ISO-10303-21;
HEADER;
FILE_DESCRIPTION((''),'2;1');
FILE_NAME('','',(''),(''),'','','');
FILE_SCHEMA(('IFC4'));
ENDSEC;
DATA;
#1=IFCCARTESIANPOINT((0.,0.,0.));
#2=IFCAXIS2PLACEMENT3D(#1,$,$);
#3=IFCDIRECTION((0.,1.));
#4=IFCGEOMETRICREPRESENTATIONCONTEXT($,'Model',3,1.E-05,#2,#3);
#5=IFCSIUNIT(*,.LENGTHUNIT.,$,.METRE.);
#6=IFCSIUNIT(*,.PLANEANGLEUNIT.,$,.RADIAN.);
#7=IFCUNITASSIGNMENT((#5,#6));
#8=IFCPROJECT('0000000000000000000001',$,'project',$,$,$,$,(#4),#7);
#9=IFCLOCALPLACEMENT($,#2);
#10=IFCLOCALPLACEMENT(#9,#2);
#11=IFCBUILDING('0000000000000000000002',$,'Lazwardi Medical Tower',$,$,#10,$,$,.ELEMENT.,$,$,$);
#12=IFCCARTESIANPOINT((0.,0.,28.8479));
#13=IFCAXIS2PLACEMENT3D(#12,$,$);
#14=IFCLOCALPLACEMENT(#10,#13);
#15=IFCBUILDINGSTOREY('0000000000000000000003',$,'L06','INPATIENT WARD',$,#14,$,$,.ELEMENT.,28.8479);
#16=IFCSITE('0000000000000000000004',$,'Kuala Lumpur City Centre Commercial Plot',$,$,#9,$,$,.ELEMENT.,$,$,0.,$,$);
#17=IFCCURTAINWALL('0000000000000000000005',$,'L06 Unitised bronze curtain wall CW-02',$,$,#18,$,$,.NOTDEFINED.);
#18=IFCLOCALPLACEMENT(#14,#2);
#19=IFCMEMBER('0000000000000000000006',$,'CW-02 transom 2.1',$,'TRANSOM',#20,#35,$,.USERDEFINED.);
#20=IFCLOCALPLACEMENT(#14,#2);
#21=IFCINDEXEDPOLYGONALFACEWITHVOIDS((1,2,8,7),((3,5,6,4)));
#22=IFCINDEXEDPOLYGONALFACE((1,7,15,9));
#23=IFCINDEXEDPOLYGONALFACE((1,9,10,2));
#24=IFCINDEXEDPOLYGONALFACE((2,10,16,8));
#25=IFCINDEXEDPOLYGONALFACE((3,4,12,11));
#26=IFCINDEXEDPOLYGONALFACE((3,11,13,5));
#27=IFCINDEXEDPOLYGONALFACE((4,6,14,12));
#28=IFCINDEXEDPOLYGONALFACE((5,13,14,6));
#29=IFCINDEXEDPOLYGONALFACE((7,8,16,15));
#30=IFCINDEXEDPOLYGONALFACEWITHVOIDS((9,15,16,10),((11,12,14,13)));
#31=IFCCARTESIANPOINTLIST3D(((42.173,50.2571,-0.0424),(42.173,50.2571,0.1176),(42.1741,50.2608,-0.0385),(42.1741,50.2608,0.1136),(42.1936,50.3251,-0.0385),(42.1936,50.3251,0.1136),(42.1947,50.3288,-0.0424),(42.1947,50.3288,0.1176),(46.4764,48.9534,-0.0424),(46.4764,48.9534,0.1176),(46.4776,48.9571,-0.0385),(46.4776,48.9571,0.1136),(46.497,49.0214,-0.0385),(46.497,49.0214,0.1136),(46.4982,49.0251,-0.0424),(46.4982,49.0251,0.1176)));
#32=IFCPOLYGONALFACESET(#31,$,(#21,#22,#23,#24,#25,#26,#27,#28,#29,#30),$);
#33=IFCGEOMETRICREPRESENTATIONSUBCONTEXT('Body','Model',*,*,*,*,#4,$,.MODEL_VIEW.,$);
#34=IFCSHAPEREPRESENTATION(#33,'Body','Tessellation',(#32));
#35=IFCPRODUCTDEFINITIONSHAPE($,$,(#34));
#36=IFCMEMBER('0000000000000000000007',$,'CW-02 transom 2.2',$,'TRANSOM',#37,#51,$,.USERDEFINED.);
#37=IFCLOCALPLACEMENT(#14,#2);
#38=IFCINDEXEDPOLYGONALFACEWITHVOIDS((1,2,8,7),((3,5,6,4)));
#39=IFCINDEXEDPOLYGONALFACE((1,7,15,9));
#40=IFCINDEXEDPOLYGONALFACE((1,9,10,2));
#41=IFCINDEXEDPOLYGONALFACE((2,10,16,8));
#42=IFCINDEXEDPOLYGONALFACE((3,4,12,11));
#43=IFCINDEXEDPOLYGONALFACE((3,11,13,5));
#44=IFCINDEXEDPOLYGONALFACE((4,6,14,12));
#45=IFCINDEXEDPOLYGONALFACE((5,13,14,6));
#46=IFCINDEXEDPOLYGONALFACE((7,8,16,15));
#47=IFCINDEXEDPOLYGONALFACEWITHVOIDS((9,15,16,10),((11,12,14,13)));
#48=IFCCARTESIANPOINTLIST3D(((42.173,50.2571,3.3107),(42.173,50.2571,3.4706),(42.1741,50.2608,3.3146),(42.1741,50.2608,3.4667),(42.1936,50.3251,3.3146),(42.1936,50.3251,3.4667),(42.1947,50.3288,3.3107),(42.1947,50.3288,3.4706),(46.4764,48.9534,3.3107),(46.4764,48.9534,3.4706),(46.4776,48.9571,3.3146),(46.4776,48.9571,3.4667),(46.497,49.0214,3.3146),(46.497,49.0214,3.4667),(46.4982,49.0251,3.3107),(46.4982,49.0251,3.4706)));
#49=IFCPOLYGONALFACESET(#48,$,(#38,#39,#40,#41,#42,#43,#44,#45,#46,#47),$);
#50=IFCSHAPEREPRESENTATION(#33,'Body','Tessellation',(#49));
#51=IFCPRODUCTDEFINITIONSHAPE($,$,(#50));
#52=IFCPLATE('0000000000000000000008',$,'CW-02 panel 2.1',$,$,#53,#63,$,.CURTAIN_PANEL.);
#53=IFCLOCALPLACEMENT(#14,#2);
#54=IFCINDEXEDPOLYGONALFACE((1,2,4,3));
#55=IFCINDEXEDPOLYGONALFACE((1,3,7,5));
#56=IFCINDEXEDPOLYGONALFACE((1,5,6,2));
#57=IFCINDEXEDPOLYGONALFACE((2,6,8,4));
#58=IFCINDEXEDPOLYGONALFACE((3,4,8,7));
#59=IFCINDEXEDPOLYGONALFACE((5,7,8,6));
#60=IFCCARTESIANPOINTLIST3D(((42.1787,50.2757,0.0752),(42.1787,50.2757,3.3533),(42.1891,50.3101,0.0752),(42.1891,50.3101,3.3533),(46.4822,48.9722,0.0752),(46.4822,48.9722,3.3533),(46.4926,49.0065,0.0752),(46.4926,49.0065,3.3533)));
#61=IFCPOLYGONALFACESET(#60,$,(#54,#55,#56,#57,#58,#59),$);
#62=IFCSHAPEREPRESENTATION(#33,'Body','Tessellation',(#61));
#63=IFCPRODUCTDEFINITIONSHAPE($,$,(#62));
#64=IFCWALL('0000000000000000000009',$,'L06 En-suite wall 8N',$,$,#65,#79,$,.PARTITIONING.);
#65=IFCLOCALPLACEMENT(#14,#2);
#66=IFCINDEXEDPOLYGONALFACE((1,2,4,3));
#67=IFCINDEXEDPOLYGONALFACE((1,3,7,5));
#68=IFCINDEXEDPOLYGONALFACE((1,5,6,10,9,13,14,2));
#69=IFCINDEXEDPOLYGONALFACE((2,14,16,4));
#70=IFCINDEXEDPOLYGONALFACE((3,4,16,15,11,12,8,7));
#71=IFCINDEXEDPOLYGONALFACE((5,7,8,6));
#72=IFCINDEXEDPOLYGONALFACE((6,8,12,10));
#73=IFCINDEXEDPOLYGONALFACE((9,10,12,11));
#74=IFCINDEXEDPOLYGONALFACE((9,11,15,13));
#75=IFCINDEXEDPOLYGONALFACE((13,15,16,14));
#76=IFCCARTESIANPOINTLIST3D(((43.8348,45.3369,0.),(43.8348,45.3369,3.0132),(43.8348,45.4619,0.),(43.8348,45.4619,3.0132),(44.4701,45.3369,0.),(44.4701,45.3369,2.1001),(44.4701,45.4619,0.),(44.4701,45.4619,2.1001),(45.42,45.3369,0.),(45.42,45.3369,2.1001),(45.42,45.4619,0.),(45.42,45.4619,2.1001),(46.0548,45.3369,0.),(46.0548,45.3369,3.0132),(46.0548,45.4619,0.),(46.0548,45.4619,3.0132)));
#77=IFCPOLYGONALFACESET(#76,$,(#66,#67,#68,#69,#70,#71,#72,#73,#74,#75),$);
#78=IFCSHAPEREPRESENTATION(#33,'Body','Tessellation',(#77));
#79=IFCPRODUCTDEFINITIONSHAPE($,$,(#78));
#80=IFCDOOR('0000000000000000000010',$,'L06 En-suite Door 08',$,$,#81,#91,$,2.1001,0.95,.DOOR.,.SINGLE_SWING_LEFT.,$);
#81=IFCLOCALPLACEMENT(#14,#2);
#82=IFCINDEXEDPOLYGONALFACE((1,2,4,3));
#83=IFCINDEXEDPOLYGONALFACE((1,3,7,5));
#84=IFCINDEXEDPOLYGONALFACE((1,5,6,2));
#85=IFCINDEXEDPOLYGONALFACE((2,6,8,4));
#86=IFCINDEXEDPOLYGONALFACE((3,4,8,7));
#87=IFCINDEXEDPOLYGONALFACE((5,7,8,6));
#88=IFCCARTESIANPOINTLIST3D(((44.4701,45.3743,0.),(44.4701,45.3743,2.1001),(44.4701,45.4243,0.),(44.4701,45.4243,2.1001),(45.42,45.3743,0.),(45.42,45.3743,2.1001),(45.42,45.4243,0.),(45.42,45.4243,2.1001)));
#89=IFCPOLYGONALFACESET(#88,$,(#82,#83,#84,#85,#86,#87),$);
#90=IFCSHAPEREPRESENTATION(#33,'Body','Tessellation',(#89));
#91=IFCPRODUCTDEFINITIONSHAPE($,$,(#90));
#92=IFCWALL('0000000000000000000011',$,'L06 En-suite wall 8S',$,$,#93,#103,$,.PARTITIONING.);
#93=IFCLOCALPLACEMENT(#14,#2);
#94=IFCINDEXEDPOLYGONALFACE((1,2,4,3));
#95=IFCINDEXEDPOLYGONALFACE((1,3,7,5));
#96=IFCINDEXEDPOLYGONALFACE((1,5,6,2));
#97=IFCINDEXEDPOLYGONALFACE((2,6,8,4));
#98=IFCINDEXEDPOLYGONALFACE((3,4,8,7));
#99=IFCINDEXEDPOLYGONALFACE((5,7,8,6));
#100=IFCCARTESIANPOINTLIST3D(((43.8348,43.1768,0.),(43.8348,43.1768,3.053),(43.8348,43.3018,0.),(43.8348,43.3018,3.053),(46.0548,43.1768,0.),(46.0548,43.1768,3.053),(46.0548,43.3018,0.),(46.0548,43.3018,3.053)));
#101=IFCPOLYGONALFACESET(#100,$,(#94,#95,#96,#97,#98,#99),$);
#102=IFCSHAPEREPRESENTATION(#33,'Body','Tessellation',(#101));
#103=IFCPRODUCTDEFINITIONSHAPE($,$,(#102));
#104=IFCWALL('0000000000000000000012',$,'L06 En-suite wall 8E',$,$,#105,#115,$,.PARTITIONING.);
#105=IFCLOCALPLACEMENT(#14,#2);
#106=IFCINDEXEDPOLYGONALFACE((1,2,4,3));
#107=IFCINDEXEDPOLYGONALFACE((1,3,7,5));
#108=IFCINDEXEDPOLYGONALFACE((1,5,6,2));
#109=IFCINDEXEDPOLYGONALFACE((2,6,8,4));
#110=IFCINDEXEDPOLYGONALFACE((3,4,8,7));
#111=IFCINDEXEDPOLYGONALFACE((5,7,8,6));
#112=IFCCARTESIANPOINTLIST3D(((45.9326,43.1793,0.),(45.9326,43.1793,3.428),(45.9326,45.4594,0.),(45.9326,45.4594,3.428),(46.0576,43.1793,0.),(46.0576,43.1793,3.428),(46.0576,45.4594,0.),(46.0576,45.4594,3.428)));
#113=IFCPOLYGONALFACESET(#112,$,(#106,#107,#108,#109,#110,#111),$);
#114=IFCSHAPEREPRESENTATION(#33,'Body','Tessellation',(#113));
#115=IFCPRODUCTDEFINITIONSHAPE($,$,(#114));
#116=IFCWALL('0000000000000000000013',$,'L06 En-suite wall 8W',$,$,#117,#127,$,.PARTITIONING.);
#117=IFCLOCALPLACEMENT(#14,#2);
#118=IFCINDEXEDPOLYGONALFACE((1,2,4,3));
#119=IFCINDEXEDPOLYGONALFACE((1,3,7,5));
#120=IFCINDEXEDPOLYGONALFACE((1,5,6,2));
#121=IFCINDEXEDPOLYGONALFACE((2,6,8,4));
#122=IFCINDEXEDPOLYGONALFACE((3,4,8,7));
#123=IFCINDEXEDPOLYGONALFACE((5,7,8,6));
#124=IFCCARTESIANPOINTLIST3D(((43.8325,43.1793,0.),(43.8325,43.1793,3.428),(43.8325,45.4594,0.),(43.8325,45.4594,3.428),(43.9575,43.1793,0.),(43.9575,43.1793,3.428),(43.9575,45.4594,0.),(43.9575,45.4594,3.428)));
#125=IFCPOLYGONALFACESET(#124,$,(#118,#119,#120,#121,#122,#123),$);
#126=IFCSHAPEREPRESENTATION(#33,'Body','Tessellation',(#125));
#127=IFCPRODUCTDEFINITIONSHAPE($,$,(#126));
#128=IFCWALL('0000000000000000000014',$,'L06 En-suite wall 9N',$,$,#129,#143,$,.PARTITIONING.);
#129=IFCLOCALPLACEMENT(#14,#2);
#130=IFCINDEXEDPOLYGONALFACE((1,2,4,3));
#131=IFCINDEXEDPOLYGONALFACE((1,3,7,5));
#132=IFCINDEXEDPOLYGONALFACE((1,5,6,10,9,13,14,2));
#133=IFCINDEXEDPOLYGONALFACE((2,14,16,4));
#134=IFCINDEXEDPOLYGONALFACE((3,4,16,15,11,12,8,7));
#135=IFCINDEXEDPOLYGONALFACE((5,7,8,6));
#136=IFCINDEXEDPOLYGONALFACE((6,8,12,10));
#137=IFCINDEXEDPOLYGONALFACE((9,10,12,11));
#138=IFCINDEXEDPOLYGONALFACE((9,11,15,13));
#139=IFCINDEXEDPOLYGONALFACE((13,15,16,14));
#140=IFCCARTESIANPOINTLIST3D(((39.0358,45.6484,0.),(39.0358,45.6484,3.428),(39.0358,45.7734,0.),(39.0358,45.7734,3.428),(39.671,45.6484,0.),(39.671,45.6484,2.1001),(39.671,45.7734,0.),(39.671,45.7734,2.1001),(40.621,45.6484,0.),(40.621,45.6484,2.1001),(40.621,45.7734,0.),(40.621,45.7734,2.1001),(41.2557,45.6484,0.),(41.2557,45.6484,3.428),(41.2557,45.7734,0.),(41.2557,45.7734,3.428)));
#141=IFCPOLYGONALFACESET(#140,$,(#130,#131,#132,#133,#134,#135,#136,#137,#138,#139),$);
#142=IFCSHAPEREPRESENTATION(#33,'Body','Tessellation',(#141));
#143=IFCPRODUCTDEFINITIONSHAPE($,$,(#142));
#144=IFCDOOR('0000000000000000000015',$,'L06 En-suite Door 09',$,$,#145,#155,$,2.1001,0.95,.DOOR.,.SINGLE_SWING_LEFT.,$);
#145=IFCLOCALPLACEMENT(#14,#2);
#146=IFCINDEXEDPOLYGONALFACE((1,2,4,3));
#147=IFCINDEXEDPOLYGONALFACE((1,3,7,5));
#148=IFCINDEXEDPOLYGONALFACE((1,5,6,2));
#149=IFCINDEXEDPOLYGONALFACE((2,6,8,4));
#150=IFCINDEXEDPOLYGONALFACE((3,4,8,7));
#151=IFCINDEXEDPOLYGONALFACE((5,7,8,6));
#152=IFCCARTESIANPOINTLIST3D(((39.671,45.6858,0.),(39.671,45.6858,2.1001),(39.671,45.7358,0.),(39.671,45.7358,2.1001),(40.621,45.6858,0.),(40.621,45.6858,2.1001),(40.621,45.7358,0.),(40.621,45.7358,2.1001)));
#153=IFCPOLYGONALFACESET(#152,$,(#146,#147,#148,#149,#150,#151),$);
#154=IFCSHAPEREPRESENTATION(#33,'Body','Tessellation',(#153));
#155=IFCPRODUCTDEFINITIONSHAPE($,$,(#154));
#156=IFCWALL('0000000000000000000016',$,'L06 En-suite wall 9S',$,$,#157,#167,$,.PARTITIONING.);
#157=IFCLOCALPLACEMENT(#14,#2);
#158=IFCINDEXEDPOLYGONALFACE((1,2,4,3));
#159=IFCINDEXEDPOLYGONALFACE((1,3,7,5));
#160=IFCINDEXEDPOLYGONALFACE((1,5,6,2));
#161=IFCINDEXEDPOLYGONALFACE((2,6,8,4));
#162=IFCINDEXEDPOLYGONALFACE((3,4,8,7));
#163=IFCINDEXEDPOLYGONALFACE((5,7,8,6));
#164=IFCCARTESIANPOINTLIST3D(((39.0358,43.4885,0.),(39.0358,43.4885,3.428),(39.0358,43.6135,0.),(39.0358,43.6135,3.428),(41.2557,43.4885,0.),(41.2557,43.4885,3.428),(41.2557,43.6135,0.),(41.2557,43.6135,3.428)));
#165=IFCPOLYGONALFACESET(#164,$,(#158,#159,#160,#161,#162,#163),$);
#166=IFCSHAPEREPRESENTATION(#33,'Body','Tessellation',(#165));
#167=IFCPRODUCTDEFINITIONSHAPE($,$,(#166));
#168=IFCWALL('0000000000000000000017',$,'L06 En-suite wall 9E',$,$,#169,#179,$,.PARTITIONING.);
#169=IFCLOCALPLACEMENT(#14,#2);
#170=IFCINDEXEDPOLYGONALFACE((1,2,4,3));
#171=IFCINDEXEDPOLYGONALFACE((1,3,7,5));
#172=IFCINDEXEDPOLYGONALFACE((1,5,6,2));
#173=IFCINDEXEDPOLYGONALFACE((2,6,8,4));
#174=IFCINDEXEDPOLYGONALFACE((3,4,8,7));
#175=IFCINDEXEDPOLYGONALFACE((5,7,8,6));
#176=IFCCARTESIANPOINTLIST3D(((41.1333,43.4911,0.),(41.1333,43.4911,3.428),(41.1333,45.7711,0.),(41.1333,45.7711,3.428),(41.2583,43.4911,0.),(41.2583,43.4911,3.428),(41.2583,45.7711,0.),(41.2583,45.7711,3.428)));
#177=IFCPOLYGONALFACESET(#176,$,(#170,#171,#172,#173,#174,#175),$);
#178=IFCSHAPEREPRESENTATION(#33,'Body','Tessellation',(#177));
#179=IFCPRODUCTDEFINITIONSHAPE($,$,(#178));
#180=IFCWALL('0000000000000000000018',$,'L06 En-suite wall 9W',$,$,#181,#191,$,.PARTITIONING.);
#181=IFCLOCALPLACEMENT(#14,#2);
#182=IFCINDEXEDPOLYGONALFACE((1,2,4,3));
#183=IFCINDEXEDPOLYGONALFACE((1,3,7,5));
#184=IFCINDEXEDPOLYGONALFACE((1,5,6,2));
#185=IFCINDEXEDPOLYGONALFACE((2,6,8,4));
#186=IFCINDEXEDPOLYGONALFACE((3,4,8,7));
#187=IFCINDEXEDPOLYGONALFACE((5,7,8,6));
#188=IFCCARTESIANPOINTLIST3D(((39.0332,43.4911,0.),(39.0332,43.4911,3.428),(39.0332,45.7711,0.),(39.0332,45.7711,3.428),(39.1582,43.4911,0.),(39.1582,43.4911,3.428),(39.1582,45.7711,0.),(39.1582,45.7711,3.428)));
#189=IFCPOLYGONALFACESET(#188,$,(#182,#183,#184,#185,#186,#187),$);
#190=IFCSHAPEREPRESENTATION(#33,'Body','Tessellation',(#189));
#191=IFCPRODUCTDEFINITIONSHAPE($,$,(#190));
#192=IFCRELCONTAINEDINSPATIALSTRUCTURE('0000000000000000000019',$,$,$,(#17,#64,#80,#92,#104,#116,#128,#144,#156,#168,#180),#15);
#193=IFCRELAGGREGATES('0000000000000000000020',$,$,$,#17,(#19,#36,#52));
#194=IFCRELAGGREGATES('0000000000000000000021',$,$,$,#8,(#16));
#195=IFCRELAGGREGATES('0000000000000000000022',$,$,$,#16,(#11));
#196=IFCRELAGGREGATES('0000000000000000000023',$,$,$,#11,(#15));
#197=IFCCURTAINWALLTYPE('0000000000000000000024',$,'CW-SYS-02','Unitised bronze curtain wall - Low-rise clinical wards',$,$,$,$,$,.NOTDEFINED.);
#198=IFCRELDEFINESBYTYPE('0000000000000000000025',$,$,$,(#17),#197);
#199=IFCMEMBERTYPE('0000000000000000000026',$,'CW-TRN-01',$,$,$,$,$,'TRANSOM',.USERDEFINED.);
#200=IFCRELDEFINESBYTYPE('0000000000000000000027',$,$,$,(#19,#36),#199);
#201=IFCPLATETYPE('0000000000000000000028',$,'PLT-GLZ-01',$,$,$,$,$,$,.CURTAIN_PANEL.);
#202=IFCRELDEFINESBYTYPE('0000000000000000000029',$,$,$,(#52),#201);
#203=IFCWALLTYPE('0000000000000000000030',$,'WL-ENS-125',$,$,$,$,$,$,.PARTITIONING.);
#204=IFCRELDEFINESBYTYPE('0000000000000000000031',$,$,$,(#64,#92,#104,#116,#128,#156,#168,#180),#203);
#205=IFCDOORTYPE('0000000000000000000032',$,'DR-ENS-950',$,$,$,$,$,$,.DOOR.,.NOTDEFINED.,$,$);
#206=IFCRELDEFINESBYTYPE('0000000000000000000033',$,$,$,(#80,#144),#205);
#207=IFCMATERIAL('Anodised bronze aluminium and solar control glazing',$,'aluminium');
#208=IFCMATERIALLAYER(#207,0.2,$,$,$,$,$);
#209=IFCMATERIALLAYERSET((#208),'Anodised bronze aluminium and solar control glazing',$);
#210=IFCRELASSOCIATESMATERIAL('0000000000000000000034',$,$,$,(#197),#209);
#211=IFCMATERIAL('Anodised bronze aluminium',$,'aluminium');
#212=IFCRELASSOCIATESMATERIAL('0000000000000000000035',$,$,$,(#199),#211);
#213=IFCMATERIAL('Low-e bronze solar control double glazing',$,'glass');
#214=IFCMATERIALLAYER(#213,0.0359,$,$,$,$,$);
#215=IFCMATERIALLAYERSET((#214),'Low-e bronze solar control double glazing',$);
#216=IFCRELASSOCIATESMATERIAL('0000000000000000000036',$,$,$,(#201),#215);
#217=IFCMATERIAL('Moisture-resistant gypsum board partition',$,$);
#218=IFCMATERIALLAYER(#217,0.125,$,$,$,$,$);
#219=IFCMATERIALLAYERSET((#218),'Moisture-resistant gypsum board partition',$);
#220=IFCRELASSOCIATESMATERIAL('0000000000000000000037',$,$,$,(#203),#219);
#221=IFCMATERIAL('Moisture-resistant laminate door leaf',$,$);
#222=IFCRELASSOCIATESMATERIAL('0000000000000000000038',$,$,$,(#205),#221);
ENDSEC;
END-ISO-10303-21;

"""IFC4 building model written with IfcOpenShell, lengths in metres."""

from ifc_helpers import new_model, si_unit, direction, frame, frame_2d, origin, origin_2d, place, context, subcontext, project, spatial, rectangle, hollow_rectangle, extrude, material, layer, layer_set, material_profile, profile_set, type_object, element, fill, aggregate, save


model = new_model("IFC4")

# Units and contexts
model_context = context("Model", 3, precision=1e-05, world=origin(), true_north=direction((0.0, 1.0)))
body_context = subcontext(model_context, "Body", "Model", "MODEL_VIEW")
ifc_project = project(units=[si_unit("LENGTHUNIT", "METRE"), si_unit("PLANEANGLEUNIT", "RADIAN")], contexts=[model_context])

# Site, building, storey
site_placement = place(None, origin())
site = spatial("IfcSite", under=ifc_project, at=site_placement, Name="Kuala Lumpur City Centre Commercial Plot", CompositionType="ELEMENT", RefElevation=0.0)
building_placement = place(site_placement, origin())
building = spatial("IfcBuilding", under=site, at=building_placement, Name="Lazwardi Medical Tower", CompositionType="ELEMENT")
storey_placement = place(building_placement, frame((0.0, 0.0, 28.8479)))
storey = spatial("IfcBuildingStorey", under=building, at=storey_placement, Name="L06", Description="INPATIENT WARD", CompositionType="ELEMENT", Elevation=28.8479)

# Curtain wall, members, plate
ifc_material_1 = material(Name="Anodised bronze aluminium and solar control glazing", Category="aluminium")
ifc_layer_1 = layer(ifc_material_1, 0.2)
ifc_layer_set_1 = layer_set([ifc_layer_1], Name="Anodised bronze aluminium and solar control glazing")
curtain_wall_type = type_object("IfcCurtainWallType", Name="CW-SYS-02", Description="Unitised bronze curtain wall - Low-rise clinical wards", PredefinedType="NOTDEFINED", material=ifc_layer_set_1)
curtain_wall_placement = place(storey_placement, origin())
curtain_wall = element("IfcCurtainWall", 1, at=curtain_wall_placement, inside=storey, type_object=curtain_wall_type, Name="L06 Unitised bronze curtain wall CW-02", PredefinedType="NOTDEFINED")
ifc_material_2 = material(Name="Anodised bronze aluminium", Category="aluminium")
ifc_material_profile_1 = material_profile(ifc_material_2, hollow_rectangle(XDim=0.075, YDim=0.1599, WallThickness=0.0039, at=origin_2d()), Name="ALU-TRANSOM 160x75x4")
ifc_profile_set_1 = profile_set([ifc_material_profile_1], Name="Anodised bronze aluminium")
member_type_1 = type_object("IfcMemberType", Name="CW-TRN-01", ElementType="TRANSOM", PredefinedType="USERDEFINED", material=ifc_profile_set_1)
member_1_placement = place(storey_placement, frame((46.4873, 48.9893, 0.0376), z_axis=(-0.957047, 0.289932, 0.0), x_axis=(-0.289932, -0.957047, 0.0)))
member_1 = element("IfcMember", 2, at=member_1_placement, type_object=member_type_1, Name="CW-02 transom 2.1", ObjectType="TRANSOM", PredefinedType="USERDEFINED", context=body_context, shape_type="SweptSolid", body=[
    extrude(hollow_rectangle(XDim=0.075, YDim=0.1599, WallThickness=0.0039, at=origin_2d()), origin(), (0.0, 0.0, 1.0), 4.4966),
])
member_2_placement = place(storey_placement, frame((46.4873, 48.9893, 3.3906), z_axis=(-0.957047, 0.289932, 0.0), x_axis=(-0.289932, -0.957047, 0.0)))
member_2 = element("IfcMember", 3, at=member_2_placement, type_object=member_type_1, Name="CW-02 transom 2.2", ObjectType="TRANSOM", PredefinedType="USERDEFINED", context=body_context, shape_type="SweptSolid", body=[
    extrude(hollow_rectangle(XDim=0.075, YDim=0.1599, WallThickness=0.0039, at=origin_2d()), origin(), (0.0, 0.0, 1.0), 4.4966),
])
ifc_material_3 = material(Name="Low-e bronze solar control double glazing", Category="glass")
ifc_layer_2 = layer(ifc_material_3, 0.0359)
ifc_layer_set_2 = layer_set([ifc_layer_2], Name="Low-e bronze solar control double glazing")
plate_type = type_object("IfcPlateType", Name="PLT-GLZ-01", PredefinedType="CURTAIN_PANEL", material=ifc_layer_set_2)
plate_placement = place(storey_placement, frame((44.3357, 49.6411, 0.0752), z_axis=(0.0, 0.0, 1.0), x_axis=(-0.957058, 0.289896, 0.0)))
plate = element("IfcPlate", 4, at=plate_placement, type_object=plate_type, Name="CW-02 panel 2.1", PredefinedType="CURTAIN_PANEL", context=body_context, shape_type="SweptSolid", body=[
    extrude(rectangle(XDim=4.4966, YDim=0.0359, at=origin_2d()), origin(), (0.0, 0.0, 1.0), 3.2781),
])
aggregate(curtain_wall, [member_1, member_2, plate])

# Wall, opening, door
ifc_material_4 = material(Name="Moisture-resistant gypsum board partition")
ifc_layer_3 = layer(ifc_material_4, 0.125)
ifc_layer_set_3 = layer_set([ifc_layer_3], Name="Moisture-resistant gypsum board partition")
wall_type_1 = type_object("IfcWallType", Name="WL-ENS-125", PredefinedType="PARTITIONING", material=ifc_layer_set_3)
wall_1_placement = place(storey_placement, frame((43.835, 45.3994, 0.0), z_axis=(0.0, 0.0, 1.0), x_axis=(1.0, 0.0, 0.0)))
wall_1 = element("IfcWall", 5, at=wall_1_placement, inside=storey, type_object=wall_type_1, Name="L06 En-suite wall 8N", PredefinedType="PARTITIONING", context=body_context, shape_type="SweptSolid", body=[
    extrude(rectangle(XDim=2.22, YDim=0.125, at=frame_2d((1.1099, 0.0))), origin(), (0.0, 0.0, 1.0), 3.0132),
])
opening_1_placement = place(wall_1_placement, frame((0.635, 0.0, 0.0)))
opening_1 = element("IfcOpeningElement", 6, at=opening_1_placement, cuts=wall_1, PredefinedType="OPENING", context=body_context, shape_type="SweptSolid", body=[
    extrude(rectangle(XDim=0.95, YDim=2.1001, at=frame_2d((0.4751, 1.05))), frame((0.0, 0.0725, 0.0), z_axis=(0.0, -1.0, 0.0), x_axis=(1.0, 0.0, 0.0)), (0.0, 0.0, 1.0), 0.145),
])
ifc_material_5 = material(Name="Moisture-resistant laminate door leaf")
door_type = type_object("IfcDoorType", Name="DR-ENS-950", OperationType="NOTDEFINED", PredefinedType="DOOR", material=ifc_material_5)
door_1_placement = place(opening_1_placement, origin())
door_1 = element("IfcDoor", 7, at=door_1_placement, inside=storey, type_object=door_type, Name="L06 En-suite Door 08", OperationType="SINGLE_SWING_LEFT", OverallHeight=2.1001, OverallWidth=0.95, PredefinedType="DOOR", context=body_context, shape_type="SweptSolid", body=[
    extrude(rectangle(XDim=0.95, YDim=2.1001, at=frame_2d((0.4751, 1.05))), frame((0.0, 0.0249, 0.0), z_axis=(0.0, -1.0, 0.0), x_axis=(1.0, 0.0, 0.0)), (0.0, 0.0, 1.0), 0.05),
])
fill(opening_1, door_1)

# Walls
wall_2_placement = place(storey_placement, frame((43.835, 43.2393, 0.0), z_axis=(0.0, 0.0, 1.0), x_axis=(1.0, 0.0, 0.0)))
element("IfcWall", 8, at=wall_2_placement, inside=storey, type_object=wall_type_1, Name="L06 En-suite wall 8S", PredefinedType="PARTITIONING", context=body_context, shape_type="SweptSolid", body=[
    extrude(rectangle(XDim=2.22, YDim=0.125, at=frame_2d((1.1099, 0.0))), origin(), (0.0, 0.0, 1.0), 3.053),
])
for number, where, z_axis, x_axis, name in (
    (9, (45.9951, 43.1792, 0.0), (0.0, 0.0, 1.0), (0.0, 1.0, 0.0), "L06 En-suite wall 8E"),
    (10, (43.895, 43.1792, 0.0), (0.0, 0.0, 1.0), (0.0, 1.0, 0.0), "L06 En-suite wall 8W"),
):
    element("IfcWall", number, at=place(storey_placement, frame(where, z_axis=z_axis, x_axis=x_axis)), inside=storey, type_object=wall_type_1, Name=name, PredefinedType="PARTITIONING", context=body_context, shape_type="SweptSolid", body=[
        extrude(rectangle(XDim=2.28, YDim=0.125, at=frame_2d((1.1401, 0.0))), origin(), (0.0, 0.0, 1.0), 3.428),
    ])

# Wall, opening, door
wall_3_placement = place(storey_placement, frame((39.0359, 45.7109, 0.0), z_axis=(0.0, 0.0, 1.0), x_axis=(1.0, 0.0, 0.0)))
wall_3 = element("IfcWall", 11, at=wall_3_placement, inside=storey, type_object=wall_type_1, Name="L06 En-suite wall 9N", PredefinedType="PARTITIONING", context=body_context, shape_type="SweptSolid", body=[
    extrude(rectangle(XDim=2.22, YDim=0.125, at=frame_2d((1.1099, 0.0))), origin(), (0.0, 0.0, 1.0), 3.428),
])
opening_2_placement = place(wall_3_placement, frame((0.635, 0.0, 0.0)))
opening_2 = element("IfcOpeningElement", 12, at=opening_2_placement, cuts=wall_3, PredefinedType="OPENING", context=body_context, shape_type="SweptSolid", body=[
    extrude(rectangle(XDim=0.95, YDim=2.1001, at=frame_2d((0.4751, 1.05))), frame((0.0, 0.0725, 0.0), z_axis=(0.0, -1.0, 0.0), x_axis=(1.0, 0.0, 0.0)), (0.0, 0.0, 1.0), 0.145),
])
door_2_placement = place(opening_2_placement, origin())
door_2 = element("IfcDoor", 13, at=door_2_placement, inside=storey, type_object=door_type, Name="L06 En-suite Door 09", OperationType="SINGLE_SWING_LEFT", OverallHeight=2.1001, OverallWidth=0.95, PredefinedType="DOOR", context=body_context, shape_type="SweptSolid", body=[
    extrude(rectangle(XDim=0.95, YDim=2.1001, at=frame_2d((0.4751, 1.05))), frame((0.0, 0.0249, 0.0), z_axis=(0.0, -1.0, 0.0), x_axis=(1.0, 0.0, 0.0)), (0.0, 0.0, 1.0), 0.05),
])
fill(opening_2, door_2)

# Walls
wall_4_placement = place(storey_placement, frame((39.0359, 43.551, 0.0), z_axis=(0.0, 0.0, 1.0), x_axis=(1.0, 0.0, 0.0)))
element("IfcWall", 14, at=wall_4_placement, inside=storey, type_object=wall_type_1, Name="L06 En-suite wall 9S", PredefinedType="PARTITIONING", context=body_context, shape_type="SweptSolid", body=[
    extrude(rectangle(XDim=2.22, YDim=0.125, at=frame_2d((1.1099, 0.0))), origin(), (0.0, 0.0, 1.0), 3.428),
])
for number, where, z_axis, x_axis, name in (
    (15, (41.1958, 43.491, 0.0), (0.0, 0.0, 1.0), (0.0, 1.0, 0.0), "L06 En-suite wall 9E"),
    (16, (39.0957, 43.491, 0.0), (0.0, 0.0, 1.0), (0.0, 1.0, 0.0), "L06 En-suite wall 9W"),
):
    element("IfcWall", number, at=place(storey_placement, frame(where, z_axis=z_axis, x_axis=x_axis)), inside=storey, type_object=wall_type_1, Name=name, PredefinedType="PARTITIONING", context=body_context, shape_type="SweptSolid", body=[
        extrude(rectangle(XDim=2.28, YDim=0.125, at=frame_2d((1.1401, 0.0))), origin(), (0.0, 0.0, 1.0), 3.428),
    ])

save(model, "model.ifc")
